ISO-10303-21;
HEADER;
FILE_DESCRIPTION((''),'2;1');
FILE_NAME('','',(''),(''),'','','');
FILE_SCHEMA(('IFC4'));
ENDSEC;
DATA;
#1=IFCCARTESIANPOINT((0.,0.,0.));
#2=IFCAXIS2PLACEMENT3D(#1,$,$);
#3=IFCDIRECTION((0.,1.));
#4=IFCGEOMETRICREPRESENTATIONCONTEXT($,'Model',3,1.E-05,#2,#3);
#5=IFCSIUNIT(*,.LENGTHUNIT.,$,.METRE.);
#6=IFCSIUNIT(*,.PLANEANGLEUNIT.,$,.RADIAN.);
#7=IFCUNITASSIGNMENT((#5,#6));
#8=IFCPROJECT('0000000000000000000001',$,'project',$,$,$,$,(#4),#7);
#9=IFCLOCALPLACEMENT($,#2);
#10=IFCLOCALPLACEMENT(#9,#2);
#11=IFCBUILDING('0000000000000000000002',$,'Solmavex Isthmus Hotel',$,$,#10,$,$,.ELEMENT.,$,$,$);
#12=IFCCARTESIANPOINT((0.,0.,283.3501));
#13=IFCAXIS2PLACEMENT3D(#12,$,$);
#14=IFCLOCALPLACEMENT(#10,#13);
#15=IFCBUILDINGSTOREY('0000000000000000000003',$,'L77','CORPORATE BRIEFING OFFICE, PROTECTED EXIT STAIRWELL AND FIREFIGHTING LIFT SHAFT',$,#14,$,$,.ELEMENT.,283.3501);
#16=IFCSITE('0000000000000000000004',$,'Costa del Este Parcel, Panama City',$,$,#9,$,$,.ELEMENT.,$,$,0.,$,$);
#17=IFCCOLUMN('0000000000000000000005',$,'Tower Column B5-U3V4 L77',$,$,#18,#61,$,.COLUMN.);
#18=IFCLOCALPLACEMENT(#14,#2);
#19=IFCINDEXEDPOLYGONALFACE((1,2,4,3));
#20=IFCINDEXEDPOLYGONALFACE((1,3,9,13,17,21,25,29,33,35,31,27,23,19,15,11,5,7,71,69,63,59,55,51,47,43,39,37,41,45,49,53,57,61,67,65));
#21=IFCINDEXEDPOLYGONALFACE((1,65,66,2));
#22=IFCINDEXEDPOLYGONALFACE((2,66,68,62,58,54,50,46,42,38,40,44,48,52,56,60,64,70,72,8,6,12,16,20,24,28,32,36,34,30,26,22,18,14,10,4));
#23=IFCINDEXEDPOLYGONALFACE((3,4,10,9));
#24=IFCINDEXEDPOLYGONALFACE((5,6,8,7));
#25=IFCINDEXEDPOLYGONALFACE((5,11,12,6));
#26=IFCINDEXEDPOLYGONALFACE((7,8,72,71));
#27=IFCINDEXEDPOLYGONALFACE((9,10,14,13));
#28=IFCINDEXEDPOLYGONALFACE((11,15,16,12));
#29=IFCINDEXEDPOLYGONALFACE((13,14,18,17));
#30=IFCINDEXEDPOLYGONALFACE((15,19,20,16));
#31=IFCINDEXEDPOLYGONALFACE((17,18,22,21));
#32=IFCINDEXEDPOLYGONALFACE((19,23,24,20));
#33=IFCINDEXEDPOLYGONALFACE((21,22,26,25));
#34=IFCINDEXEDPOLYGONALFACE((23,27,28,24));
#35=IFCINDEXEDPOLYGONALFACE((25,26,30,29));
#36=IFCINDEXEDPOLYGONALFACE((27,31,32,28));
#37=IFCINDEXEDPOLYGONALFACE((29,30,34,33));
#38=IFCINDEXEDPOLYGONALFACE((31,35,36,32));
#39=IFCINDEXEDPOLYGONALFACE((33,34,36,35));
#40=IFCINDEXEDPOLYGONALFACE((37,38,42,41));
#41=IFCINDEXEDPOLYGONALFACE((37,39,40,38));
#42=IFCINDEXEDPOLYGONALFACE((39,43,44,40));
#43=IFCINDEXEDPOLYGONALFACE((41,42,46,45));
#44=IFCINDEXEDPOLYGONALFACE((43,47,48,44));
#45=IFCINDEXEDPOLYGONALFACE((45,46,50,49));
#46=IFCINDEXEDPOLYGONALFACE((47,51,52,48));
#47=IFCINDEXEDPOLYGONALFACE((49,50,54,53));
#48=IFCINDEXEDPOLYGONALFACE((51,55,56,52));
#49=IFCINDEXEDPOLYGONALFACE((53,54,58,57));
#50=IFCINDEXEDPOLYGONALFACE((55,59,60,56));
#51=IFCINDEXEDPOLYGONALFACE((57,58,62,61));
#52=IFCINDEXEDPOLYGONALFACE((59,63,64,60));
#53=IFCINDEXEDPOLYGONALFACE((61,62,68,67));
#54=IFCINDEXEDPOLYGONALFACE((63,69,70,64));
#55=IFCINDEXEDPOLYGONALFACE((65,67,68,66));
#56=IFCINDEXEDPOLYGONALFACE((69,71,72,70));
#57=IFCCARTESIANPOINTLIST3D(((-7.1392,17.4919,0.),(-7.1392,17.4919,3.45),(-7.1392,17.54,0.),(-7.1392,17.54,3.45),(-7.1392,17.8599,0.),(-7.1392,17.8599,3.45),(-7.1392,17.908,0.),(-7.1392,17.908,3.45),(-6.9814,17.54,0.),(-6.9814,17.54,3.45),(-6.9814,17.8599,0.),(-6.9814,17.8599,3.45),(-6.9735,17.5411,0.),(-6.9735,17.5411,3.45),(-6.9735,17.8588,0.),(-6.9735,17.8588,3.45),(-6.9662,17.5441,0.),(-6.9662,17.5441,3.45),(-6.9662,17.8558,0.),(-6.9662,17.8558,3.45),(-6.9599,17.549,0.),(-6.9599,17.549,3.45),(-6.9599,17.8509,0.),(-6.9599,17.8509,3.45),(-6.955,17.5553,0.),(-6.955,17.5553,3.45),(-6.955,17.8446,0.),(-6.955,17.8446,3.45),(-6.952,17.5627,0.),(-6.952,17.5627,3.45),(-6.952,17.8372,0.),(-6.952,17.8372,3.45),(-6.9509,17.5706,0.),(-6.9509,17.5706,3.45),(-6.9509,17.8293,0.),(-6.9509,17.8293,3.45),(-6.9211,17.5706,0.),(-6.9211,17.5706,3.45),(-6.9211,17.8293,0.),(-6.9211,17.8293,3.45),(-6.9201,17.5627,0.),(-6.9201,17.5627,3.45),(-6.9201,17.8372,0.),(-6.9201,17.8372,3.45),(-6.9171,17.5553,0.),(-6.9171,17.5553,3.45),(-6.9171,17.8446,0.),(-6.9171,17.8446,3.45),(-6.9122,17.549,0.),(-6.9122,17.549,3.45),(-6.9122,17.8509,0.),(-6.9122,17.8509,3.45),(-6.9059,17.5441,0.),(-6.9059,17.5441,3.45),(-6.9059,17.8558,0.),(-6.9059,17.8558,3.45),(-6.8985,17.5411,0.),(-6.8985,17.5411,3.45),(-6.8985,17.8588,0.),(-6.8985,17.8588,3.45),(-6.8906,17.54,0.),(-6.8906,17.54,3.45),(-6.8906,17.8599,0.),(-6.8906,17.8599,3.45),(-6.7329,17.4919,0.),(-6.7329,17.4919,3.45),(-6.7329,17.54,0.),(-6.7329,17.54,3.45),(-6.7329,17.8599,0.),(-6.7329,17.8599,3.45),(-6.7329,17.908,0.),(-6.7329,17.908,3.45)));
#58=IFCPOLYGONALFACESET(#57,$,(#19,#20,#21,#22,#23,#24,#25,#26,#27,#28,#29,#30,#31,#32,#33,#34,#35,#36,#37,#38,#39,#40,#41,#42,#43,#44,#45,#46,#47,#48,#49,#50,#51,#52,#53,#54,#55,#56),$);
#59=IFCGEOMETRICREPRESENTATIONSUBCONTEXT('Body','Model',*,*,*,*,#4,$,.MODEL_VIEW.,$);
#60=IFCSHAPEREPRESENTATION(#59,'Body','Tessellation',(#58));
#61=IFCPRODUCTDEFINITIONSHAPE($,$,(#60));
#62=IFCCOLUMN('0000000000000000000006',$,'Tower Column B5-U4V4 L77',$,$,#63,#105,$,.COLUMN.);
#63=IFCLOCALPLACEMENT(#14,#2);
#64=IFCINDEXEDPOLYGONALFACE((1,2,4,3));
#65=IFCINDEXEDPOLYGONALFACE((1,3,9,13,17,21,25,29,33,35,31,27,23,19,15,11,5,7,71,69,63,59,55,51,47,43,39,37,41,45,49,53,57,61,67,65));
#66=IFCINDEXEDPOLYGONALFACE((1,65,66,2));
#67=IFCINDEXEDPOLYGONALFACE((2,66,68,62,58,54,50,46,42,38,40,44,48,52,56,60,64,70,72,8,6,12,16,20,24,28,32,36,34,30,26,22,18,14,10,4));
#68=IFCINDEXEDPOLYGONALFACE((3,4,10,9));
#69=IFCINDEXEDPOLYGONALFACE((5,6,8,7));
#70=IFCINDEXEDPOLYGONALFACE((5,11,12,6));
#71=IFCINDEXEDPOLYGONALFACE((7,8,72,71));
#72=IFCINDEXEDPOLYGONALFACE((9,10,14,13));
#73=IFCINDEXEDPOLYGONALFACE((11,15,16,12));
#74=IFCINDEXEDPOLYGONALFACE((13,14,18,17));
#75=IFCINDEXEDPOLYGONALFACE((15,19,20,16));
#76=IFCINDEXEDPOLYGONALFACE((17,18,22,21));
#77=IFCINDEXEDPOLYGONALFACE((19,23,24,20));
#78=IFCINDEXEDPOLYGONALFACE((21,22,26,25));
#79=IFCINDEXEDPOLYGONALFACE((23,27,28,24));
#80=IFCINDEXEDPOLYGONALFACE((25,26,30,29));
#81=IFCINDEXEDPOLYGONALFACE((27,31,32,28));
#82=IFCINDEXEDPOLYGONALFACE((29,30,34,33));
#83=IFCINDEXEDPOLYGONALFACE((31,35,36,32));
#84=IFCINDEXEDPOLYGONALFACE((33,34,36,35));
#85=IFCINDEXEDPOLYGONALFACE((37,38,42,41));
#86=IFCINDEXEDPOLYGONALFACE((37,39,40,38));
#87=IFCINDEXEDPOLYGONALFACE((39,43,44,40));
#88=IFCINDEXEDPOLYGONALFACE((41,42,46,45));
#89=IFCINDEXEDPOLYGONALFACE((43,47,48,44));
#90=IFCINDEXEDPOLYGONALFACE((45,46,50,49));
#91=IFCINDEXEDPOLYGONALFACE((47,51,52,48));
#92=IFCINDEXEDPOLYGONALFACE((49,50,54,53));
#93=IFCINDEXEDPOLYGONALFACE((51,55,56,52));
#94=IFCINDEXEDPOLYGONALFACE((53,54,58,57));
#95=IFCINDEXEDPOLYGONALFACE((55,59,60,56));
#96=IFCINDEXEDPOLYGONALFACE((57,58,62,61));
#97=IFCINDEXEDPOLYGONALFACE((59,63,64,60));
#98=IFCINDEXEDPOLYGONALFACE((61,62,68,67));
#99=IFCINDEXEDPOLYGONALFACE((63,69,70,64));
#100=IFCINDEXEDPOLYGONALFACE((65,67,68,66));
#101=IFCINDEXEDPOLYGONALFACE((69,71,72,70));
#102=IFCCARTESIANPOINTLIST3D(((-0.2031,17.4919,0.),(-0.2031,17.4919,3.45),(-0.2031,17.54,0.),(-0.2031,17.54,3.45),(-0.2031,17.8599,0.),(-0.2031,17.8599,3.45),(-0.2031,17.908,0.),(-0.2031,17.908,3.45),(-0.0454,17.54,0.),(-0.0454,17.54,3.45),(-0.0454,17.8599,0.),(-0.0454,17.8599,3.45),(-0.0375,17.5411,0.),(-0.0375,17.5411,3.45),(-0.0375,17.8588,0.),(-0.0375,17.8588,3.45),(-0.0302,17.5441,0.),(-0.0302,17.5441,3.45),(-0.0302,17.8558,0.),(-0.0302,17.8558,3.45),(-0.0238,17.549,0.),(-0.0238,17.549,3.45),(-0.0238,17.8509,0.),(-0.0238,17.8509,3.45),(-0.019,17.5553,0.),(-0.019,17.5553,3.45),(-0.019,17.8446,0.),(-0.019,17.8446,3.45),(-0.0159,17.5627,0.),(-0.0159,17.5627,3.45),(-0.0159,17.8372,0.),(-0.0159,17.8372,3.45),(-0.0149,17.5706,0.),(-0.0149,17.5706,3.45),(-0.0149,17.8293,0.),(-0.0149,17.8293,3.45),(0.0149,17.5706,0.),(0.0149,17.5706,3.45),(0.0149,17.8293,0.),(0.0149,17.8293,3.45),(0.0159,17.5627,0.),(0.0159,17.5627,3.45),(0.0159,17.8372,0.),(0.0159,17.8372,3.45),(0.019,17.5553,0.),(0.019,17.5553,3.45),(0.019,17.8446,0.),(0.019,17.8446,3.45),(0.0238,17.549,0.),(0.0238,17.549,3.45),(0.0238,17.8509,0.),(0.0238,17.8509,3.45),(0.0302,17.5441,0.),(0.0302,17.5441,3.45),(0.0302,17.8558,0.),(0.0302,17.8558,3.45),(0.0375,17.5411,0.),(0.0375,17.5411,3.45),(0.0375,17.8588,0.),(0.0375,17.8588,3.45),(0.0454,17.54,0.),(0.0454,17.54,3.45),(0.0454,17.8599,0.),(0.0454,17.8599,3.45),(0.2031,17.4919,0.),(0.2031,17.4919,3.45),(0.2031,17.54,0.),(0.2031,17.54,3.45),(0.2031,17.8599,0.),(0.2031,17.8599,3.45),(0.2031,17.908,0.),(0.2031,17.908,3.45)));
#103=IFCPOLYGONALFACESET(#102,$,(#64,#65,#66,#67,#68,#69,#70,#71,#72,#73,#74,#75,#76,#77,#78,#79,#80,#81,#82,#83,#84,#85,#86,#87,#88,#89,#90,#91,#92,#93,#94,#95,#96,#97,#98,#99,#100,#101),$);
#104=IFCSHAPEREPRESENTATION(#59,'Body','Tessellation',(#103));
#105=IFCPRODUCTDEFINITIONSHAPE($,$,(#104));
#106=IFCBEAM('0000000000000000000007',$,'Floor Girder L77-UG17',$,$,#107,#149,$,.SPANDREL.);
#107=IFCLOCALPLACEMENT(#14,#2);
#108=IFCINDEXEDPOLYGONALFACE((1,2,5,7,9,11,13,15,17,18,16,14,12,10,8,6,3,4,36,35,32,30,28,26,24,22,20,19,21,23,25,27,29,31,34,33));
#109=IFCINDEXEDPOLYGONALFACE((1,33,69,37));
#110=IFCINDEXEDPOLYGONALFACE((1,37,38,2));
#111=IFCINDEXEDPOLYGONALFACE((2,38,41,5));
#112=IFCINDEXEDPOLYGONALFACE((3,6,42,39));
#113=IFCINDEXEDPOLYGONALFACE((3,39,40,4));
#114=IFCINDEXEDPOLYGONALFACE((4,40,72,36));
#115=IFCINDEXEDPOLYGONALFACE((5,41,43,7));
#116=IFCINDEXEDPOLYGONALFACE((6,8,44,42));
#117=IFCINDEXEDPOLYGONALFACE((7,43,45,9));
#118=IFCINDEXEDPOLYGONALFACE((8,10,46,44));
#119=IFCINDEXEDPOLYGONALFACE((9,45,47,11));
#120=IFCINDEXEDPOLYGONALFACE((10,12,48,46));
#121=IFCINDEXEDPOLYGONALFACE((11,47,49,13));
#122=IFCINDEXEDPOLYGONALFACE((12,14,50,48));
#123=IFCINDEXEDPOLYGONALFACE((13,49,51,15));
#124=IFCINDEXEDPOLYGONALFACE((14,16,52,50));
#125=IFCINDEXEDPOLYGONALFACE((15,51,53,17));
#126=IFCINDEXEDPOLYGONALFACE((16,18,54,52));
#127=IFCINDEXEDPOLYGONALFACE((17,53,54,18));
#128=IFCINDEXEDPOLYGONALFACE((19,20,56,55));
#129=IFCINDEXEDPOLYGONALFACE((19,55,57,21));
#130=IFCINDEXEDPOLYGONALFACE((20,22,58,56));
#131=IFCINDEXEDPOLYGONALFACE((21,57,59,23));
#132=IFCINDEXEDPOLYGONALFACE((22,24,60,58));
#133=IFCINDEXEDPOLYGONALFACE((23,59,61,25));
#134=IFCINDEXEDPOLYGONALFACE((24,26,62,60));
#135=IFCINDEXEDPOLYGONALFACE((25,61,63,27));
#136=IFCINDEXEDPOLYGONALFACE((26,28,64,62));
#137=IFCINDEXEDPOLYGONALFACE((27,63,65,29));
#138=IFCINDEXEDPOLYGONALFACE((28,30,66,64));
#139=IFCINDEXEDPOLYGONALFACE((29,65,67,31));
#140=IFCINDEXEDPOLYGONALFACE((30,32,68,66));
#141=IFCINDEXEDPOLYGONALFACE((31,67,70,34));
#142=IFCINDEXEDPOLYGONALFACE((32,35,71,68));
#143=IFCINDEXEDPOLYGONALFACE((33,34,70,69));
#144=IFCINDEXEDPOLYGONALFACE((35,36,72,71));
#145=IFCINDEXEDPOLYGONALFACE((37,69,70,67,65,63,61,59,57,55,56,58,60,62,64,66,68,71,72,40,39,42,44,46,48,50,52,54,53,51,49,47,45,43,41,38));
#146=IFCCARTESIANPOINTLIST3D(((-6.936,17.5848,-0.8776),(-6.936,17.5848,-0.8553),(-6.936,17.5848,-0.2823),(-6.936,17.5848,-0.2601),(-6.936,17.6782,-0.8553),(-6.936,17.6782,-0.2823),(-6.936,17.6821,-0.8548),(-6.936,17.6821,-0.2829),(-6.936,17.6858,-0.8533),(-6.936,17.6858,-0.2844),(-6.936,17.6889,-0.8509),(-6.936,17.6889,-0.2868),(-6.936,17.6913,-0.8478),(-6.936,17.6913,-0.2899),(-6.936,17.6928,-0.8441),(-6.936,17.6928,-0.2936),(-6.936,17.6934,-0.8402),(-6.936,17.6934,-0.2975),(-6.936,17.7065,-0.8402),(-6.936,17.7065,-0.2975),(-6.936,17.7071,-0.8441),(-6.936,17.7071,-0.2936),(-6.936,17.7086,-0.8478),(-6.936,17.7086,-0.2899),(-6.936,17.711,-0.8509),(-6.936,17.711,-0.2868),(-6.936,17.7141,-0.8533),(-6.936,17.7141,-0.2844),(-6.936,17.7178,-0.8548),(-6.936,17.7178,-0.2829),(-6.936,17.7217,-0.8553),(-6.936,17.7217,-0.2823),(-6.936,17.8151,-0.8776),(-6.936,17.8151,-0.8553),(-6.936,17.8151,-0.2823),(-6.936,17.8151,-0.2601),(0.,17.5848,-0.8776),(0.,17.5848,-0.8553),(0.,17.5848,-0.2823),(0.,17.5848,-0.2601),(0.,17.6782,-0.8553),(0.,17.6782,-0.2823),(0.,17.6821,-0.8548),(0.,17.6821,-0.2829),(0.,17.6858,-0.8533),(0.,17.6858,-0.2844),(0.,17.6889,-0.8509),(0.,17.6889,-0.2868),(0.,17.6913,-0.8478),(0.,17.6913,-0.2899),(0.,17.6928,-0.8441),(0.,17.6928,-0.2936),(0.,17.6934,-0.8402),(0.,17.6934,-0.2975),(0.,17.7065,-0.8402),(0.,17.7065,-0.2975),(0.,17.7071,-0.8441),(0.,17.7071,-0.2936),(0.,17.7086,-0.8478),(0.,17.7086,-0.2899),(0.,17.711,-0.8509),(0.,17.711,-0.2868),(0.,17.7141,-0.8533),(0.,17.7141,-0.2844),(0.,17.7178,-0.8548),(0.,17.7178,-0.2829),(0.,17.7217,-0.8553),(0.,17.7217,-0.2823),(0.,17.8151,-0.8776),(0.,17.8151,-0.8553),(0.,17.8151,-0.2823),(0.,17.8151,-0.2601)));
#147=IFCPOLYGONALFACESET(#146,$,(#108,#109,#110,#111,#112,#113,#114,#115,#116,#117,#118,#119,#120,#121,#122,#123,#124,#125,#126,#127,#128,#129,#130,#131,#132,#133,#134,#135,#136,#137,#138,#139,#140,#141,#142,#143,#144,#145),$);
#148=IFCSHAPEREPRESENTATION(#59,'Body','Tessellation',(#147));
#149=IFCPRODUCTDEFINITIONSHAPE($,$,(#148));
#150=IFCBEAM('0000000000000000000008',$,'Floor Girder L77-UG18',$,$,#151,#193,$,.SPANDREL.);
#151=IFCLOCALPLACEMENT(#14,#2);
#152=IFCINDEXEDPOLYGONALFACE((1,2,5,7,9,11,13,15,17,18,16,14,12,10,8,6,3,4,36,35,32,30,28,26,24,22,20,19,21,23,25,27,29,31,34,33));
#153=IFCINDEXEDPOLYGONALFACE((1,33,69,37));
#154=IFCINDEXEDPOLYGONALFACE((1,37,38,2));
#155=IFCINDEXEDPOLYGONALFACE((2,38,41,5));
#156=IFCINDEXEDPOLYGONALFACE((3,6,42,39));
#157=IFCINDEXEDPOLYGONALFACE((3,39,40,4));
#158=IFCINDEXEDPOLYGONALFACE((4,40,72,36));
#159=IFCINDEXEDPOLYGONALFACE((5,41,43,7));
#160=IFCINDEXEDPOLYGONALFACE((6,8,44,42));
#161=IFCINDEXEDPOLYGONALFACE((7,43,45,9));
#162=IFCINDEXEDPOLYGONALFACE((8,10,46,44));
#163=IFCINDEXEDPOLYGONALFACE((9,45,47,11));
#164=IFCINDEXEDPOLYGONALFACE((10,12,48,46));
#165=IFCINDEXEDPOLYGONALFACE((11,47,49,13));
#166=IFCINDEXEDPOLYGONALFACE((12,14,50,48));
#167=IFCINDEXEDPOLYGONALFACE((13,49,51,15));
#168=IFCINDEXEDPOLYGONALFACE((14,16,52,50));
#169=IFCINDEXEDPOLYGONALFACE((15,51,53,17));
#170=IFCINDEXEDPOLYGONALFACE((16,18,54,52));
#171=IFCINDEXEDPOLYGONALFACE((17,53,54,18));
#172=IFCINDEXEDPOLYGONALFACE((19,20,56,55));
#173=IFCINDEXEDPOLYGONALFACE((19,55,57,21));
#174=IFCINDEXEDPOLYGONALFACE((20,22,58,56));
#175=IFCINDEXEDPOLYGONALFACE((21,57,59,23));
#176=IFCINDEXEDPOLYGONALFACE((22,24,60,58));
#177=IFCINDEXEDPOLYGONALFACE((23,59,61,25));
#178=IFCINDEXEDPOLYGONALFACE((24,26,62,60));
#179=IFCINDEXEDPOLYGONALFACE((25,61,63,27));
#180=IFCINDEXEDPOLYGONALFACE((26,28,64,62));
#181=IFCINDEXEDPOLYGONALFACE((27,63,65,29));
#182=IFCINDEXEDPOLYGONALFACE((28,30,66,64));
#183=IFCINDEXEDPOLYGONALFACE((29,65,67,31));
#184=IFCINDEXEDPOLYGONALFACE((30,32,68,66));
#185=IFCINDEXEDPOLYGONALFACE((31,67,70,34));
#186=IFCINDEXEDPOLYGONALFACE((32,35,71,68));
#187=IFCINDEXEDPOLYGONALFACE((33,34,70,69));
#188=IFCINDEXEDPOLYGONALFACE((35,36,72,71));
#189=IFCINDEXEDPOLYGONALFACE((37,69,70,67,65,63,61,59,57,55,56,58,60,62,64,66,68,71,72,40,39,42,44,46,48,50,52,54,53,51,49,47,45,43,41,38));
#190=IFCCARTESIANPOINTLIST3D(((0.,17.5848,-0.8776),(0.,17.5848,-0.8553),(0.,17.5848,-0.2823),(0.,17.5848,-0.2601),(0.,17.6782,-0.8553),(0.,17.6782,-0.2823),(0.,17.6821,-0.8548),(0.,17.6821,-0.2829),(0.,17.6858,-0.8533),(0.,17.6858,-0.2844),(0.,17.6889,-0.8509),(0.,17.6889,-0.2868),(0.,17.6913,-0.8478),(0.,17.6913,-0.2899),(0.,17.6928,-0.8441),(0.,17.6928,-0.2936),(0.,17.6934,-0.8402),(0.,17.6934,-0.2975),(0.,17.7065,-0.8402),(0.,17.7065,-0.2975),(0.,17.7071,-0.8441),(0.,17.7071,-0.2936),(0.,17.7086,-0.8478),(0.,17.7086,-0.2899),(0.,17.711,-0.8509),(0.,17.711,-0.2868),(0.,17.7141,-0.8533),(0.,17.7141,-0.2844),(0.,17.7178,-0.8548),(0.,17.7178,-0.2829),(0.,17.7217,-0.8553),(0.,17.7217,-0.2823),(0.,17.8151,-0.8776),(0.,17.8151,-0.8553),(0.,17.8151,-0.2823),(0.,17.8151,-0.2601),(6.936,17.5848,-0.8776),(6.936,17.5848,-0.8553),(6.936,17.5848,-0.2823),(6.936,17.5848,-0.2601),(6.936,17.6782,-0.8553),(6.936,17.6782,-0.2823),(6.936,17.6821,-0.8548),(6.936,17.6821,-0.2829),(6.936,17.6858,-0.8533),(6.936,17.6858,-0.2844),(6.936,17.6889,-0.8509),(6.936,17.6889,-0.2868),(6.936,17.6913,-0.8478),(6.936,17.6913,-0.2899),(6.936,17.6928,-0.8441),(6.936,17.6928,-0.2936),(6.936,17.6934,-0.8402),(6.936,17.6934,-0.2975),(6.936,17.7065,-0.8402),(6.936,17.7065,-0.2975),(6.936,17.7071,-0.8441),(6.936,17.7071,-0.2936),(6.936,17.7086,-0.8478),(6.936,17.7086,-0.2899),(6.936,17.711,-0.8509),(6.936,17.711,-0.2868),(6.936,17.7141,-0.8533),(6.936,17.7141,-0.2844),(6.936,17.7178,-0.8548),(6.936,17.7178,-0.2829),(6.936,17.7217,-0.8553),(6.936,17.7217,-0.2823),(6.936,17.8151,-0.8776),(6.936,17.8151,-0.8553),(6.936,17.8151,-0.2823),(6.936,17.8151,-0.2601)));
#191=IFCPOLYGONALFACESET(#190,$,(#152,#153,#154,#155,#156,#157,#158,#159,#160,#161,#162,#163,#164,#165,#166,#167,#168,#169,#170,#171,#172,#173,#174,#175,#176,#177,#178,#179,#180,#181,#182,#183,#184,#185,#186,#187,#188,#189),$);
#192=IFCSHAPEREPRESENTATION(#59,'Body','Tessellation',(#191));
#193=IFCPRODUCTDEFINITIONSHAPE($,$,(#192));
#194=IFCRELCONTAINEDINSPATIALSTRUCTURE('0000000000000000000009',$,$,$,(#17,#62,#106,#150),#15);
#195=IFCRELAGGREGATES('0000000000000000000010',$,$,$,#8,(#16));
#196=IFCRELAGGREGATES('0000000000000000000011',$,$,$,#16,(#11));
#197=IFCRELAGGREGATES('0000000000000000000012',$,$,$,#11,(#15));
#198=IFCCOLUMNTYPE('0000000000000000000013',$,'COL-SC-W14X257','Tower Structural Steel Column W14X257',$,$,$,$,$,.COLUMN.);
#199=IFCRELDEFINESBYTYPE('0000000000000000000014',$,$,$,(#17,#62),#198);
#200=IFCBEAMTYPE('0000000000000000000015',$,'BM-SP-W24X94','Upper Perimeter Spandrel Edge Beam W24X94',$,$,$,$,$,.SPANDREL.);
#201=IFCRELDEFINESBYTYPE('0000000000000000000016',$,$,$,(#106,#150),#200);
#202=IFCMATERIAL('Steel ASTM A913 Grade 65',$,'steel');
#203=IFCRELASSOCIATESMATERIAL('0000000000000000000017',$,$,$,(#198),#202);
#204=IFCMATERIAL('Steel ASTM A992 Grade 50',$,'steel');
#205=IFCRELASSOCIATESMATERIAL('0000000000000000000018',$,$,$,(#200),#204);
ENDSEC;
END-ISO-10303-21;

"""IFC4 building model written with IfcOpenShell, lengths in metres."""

from ifc_helpers import new_model, si_unit, direction, frame, origin, origin_2d, place, context, subcontext, project, spatial, i_section, extrude, material, material_profile, profile_set, type_object, element, save


model = new_model("IFC4")

# Units and contexts
model_context = context("Model", 3, precision=1e-05, world=origin(), true_north=direction((0.0, 1.0)))
body_context = subcontext(model_context, "Body", "Model", "MODEL_VIEW")
ifc_project = project(units=[si_unit("LENGTHUNIT", "METRE"), si_unit("PLANEANGLEUNIT", "RADIAN")], contexts=[model_context])

# Site, building, storey
site_placement = place(None, origin())
site = spatial("IfcSite", under=ifc_project, at=site_placement, Name="Costa del Este Parcel, Panama City", CompositionType="ELEMENT", RefElevation=0.0)
building_placement = place(site_placement, origin())
building = spatial("IfcBuilding", under=site, at=building_placement, Name="Solmavex Isthmus Hotel", CompositionType="ELEMENT")
storey_placement = place(building_placement, frame((0.0, 0.0, 283.3501)))
storey = spatial("IfcBuildingStorey", under=building, at=storey_placement, Name="L77", Description="CORPORATE BRIEFING OFFICE, PROTECTED EXIT STAIRWELL AND FIREFIGHTING LIFT SHAFT", CompositionType="ELEMENT", Elevation=283.3501)

# Columns
ifc_material_1 = material(Name="Steel ASTM A913 Grade 65", Category="steel")
ifc_material_profile_1 = material_profile(ifc_material_1, i_section(OverallWidth=0.4062, OverallDepth=0.416, WebThickness=0.0298, FlangeThickness=0.0481, FilletRadius=0.0305, at=origin_2d()), Name="W14X257")
ifc_profile_set_1 = profile_set([ifc_material_profile_1], Name="Steel ASTM A913 Grade 65")
column_type = type_object("IfcColumnType", Name="COL-SC-W14X257", Description="Tower Structural Steel Column W14X257", PredefinedType="COLUMN", material=ifc_profile_set_1)
for number, where, z_axis, x_axis, name in (
    (1, (-6.936, 17.7, 0.0), (0.0, 0.0, 1.0), (1.0, 0.0, 0.0), "Tower Column B5-U3V4 L77"),
    (2, (0.0, 17.7, 0.0), (0.0, 0.0, 1.0), (1.0, 0.0, 0.0), "Tower Column B5-U4V4 L77"),
):
    element("IfcColumn", number, at=place(storey_placement, frame(where, z_axis=z_axis, x_axis=x_axis)), inside=storey, type_object=column_type, Name=name, PredefinedType="COLUMN", context=body_context, shape_type="SweptSolid", body=[
        extrude(i_section(OverallWidth=0.4062, OverallDepth=0.416, WebThickness=0.0298, FlangeThickness=0.0481, FilletRadius=0.0305, at=origin_2d()), origin(), (0.0, 0.0, 1.0), 3.45),
    ])

# Beams
ifc_material_2 = material(Name="Steel ASTM A992 Grade 50", Category="steel")
ifc_material_profile_2 = material_profile(ifc_material_2, i_section(OverallWidth=0.2302, OverallDepth=0.6174, WebThickness=0.0132, FlangeThickness=0.0222, FilletRadius=0.0151, at=origin_2d()), Name="W24X94")
ifc_profile_set_2 = profile_set([ifc_material_profile_2], Name="Steel ASTM A992 Grade 50")
beam_type = type_object("IfcBeamType", Name="BM-SP-W24X94", Description="Upper Perimeter Spandrel Edge Beam W24X94", PredefinedType="SPANDREL", material=ifc_profile_set_2)
for number, where, z_axis, x_axis, name in (
    (3, (-6.936, 17.7, -0.5688), (1.0, 0.0, 0.0), (0.0, 1.0, 0.0), "Floor Girder L77-UG17"),
    (4, (0.0, 17.7, -0.5688), (1.0, 0.0, 0.0), (0.0, 1.0, 0.0), "Floor Girder L77-UG18"),
):
    element("IfcBeam", number, at=place(storey_placement, frame(where, z_axis=z_axis, x_axis=x_axis)), inside=storey, type_object=beam_type, Name=name, PredefinedType="SPANDREL", context=body_context, shape_type="SweptSolid", body=[
        extrude(i_section(OverallWidth=0.2302, OverallDepth=0.6174, WebThickness=0.0132, FlangeThickness=0.0222, FilletRadius=0.0151, at=origin_2d()), origin(), (0.0, 0.0, 1.0), 6.936),
    ])

save(model, "model.ifc")
